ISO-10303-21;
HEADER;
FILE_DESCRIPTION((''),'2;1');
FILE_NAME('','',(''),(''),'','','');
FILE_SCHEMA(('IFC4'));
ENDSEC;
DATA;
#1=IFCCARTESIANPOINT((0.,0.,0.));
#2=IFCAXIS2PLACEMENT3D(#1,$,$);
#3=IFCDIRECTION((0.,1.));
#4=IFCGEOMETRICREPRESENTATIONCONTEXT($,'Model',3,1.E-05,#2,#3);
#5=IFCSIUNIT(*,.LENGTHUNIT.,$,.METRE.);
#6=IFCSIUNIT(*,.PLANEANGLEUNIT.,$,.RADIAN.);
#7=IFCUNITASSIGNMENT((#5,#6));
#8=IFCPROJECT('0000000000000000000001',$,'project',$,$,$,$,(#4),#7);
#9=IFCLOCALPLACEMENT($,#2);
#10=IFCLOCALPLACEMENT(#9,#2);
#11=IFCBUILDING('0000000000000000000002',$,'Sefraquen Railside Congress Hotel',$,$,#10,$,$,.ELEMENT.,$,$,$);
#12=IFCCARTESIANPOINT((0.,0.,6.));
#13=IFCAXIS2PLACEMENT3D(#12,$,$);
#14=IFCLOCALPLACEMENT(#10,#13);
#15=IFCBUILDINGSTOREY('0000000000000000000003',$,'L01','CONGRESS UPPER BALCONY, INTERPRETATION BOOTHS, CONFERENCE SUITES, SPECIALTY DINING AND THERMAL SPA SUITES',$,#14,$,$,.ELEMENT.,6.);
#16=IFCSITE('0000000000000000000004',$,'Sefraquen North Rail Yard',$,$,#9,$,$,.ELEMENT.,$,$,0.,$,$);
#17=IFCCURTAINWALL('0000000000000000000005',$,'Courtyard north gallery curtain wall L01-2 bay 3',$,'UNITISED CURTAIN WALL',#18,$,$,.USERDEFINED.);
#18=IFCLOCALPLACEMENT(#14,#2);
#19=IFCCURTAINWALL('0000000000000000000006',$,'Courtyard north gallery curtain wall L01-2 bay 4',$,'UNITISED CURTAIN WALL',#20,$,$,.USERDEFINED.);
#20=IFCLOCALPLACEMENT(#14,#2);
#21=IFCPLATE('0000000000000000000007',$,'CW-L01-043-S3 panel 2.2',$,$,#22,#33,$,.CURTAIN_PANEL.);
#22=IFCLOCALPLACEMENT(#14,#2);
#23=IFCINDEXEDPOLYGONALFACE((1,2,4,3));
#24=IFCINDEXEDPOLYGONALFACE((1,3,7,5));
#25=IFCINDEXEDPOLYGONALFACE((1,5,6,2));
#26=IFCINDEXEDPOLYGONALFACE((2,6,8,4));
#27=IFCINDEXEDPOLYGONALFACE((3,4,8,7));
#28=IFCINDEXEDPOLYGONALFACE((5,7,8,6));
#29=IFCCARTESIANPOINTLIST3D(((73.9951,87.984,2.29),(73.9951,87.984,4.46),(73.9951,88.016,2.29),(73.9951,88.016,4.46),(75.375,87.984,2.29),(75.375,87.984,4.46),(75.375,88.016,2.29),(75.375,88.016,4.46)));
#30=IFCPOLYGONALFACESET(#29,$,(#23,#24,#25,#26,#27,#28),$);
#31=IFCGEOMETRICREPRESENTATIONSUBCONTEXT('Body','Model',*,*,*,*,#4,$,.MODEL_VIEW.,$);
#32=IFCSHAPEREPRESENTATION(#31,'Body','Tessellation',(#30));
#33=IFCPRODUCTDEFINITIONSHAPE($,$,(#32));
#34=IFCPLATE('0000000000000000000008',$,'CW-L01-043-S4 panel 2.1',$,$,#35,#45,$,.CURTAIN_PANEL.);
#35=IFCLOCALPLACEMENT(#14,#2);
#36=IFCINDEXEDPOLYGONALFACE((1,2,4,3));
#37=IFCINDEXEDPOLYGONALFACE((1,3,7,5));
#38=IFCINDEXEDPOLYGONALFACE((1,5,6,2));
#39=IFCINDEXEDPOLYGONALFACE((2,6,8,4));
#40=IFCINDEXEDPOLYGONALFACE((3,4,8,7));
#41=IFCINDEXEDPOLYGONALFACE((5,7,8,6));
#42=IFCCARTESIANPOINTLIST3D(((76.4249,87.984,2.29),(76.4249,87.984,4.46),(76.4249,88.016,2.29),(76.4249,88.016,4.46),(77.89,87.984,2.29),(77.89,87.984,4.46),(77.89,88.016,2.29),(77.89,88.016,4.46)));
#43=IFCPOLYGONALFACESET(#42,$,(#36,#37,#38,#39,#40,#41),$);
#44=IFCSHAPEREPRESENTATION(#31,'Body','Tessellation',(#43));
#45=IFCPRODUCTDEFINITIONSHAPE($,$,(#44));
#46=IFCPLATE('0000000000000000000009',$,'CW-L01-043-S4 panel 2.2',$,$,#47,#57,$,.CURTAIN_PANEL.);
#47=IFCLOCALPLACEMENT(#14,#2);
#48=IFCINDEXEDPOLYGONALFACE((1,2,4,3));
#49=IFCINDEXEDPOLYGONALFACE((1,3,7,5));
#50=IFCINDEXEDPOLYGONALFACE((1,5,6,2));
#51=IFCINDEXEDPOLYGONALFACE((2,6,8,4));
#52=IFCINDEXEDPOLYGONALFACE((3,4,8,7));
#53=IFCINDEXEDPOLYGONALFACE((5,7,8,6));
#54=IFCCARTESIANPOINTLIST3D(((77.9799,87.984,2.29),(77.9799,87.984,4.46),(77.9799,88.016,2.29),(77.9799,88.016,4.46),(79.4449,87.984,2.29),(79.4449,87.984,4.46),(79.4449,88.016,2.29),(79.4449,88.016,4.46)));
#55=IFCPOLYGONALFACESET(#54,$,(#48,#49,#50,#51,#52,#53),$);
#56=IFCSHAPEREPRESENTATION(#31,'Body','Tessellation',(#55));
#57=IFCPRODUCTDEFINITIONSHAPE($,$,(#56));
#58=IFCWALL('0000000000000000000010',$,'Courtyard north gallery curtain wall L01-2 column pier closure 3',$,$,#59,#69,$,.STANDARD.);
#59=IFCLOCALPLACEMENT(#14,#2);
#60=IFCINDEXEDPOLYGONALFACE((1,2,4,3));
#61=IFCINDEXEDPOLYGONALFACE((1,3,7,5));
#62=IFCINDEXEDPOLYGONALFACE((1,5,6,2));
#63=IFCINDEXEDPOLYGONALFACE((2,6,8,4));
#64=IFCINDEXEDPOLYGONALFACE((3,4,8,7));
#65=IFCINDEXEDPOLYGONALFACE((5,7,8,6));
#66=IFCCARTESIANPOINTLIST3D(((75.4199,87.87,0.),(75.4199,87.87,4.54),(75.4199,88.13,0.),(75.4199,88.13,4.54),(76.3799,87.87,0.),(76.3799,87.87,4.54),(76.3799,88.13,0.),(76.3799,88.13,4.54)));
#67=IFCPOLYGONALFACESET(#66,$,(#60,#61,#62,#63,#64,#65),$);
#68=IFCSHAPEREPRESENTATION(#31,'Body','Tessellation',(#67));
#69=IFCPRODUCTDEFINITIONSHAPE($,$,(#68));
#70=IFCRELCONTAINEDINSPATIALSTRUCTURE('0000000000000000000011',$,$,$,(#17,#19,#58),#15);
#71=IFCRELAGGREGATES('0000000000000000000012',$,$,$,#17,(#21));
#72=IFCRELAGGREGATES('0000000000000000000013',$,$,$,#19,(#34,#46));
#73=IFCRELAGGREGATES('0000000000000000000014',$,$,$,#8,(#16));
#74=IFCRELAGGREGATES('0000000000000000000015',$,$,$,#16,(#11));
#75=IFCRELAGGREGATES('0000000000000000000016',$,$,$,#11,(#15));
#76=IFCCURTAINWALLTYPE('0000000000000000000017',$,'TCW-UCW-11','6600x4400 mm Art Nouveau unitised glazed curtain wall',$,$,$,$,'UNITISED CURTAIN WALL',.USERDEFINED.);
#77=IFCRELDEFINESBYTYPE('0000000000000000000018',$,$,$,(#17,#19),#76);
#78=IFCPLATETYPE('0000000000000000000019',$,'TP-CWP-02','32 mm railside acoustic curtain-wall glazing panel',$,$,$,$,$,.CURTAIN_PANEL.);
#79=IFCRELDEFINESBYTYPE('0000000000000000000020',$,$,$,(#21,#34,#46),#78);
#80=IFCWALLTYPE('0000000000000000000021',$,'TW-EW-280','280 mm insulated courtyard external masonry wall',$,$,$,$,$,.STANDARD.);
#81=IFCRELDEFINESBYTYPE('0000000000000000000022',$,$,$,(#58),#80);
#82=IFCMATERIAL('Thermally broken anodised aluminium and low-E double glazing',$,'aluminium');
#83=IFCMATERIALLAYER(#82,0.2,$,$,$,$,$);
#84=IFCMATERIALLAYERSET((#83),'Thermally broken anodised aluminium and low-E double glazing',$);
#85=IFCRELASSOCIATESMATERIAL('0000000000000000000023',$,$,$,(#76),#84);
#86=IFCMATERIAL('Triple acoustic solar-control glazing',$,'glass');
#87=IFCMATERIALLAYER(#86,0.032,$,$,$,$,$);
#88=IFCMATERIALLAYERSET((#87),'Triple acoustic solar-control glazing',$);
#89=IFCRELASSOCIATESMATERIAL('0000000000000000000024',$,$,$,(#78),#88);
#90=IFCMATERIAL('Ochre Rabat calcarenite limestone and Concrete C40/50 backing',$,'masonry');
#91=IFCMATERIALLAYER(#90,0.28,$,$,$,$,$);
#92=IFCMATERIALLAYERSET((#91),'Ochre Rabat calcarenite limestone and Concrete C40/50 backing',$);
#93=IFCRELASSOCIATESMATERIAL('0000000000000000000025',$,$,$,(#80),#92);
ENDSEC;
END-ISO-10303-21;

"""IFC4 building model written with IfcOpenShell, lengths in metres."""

from ifc_helpers import new_model, si_unit, direction, frame, frame_2d, origin, origin_2d, place, context, subcontext, project, spatial, rectangle, extrude, material, layer, layer_set, type_object, element, aggregate, save


model = new_model("IFC4")

# Units and contexts
model_context = context("Model", 3, precision=1e-05, world=origin(), true_north=direction((0.0, 1.0)))
body_context = subcontext(model_context, "Body", "Model", "MODEL_VIEW")
ifc_project = project(units=[si_unit("LENGTHUNIT", "METRE"), si_unit("PLANEANGLEUNIT", "RADIAN")], contexts=[model_context])

# Site, building, storey
site_placement = place(None, origin())
site = spatial("IfcSite", under=ifc_project, at=site_placement, Name="Sefraquen North Rail Yard", CompositionType="ELEMENT", RefElevation=0.0)
building_placement = place(site_placement, origin())
building = spatial("IfcBuilding", under=site, at=building_placement, Name="Sefraquen Railside Congress Hotel", CompositionType="ELEMENT")
storey_placement = place(building_placement, frame((0.0, 0.0, 6.0)))
storey = spatial("IfcBuildingStorey", under=building, at=storey_placement, Name="L01", Description="CONGRESS UPPER BALCONY, INTERPRETATION BOOTHS, CONFERENCE SUITES, SPECIALTY DINING AND THERMAL SPA SUITES", CompositionType="ELEMENT", Elevation=6.0)

# Curtain walls
ifc_material_1 = material(Name="Thermally broken anodised aluminium and low-E double glazing", Category="aluminium")
ifc_layer_1 = layer(ifc_material_1, 0.2)
ifc_layer_set_1 = layer_set([ifc_layer_1], Name="Thermally broken anodised aluminium and low-E double glazing")
curtain_wall_type = type_object("IfcCurtainWallType", Name="TCW-UCW-11", Description="6600x4400 mm Art Nouveau unitised glazed curtain wall", ElementType="UNITISED CURTAIN WALL", PredefinedType="USERDEFINED", material=ifc_layer_set_1)
curtain_wall_1_placement = place(storey_placement, origin())
curtain_wall_1 = element("IfcCurtainWall", 1, at=curtain_wall_1_placement, inside=storey, type_object=curtain_wall_type, Name="Courtyard north gallery curtain wall L01-2 bay 3", ObjectType="UNITISED CURTAIN WALL", PredefinedType="USERDEFINED")
curtain_wall_2_placement = place(storey_placement, origin())
curtain_wall_2 = element("IfcCurtainWall", 2, at=curtain_wall_2_placement, inside=storey, type_object=curtain_wall_type, Name="Courtyard north gallery curtain wall L01-2 bay 4", ObjectType="UNITISED CURTAIN WALL", PredefinedType="USERDEFINED")

# Plates
ifc_material_2 = material(Name="Triple acoustic solar-control glazing", Category="glass")
ifc_layer_2 = layer(ifc_material_2, 0.032)
ifc_layer_set_2 = layer_set([ifc_layer_2], Name="Triple acoustic solar-control glazing")
plate_type_1 = type_object("IfcPlateType", Name="TP-CWP-02", Description="32 mm railside acoustic curtain-wall glazing panel", PredefinedType="CURTAIN_PANEL", material=ifc_layer_set_2)
plate_1_placement = place(storey_placement, frame((74.6851, 88.0, 2.29), z_axis=(0.0, 0.0, 1.0), x_axis=(1.0, 0.0, 0.0)))
plate_1 = element("IfcPlate", 3, at=plate_1_placement, type_object=plate_type_1, Name="CW-L01-043-S3 panel 2.2", PredefinedType="CURTAIN_PANEL", context=body_context, shape_type="SweptSolid", body=[
    extrude(rectangle(XDim=1.3799, YDim=0.032, at=origin_2d()), origin(), (0.0, 0.0, 1.0), 2.1699),
])
aggregate(curtain_wall_1, [plate_1])
plate_2_placement = place(storey_placement, frame((77.1575, 88.0, 2.29), z_axis=(0.0, 0.0, 1.0), x_axis=(1.0, 0.0, 0.0)))
plate_2 = element("IfcPlate", 4, at=plate_2_placement, type_object=plate_type_1, Name="CW-L01-043-S4 panel 2.1", PredefinedType="CURTAIN_PANEL", context=body_context, shape_type="SweptSolid", body=[
    extrude(rectangle(XDim=1.4651, YDim=0.032, at=origin_2d()), origin(), (0.0, 0.0, 1.0), 2.1699),
])
plate_3_placement = place(storey_placement, frame((78.7124, 88.0, 2.29), z_axis=(0.0, 0.0, 1.0), x_axis=(1.0, 0.0, 0.0)))
plate_3 = element("IfcPlate", 5, at=plate_3_placement, type_object=plate_type_1, Name="CW-L01-043-S4 panel 2.2", PredefinedType="CURTAIN_PANEL", context=body_context, shape_type="SweptSolid", body=[
    extrude(rectangle(XDim=1.4651, YDim=0.032, at=origin_2d()), origin(), (0.0, 0.0, 1.0), 2.1699),
])
aggregate(curtain_wall_2, [plate_2, plate_3])

# Wall
ifc_material_3 = material(Name="Ochre Rabat calcarenite limestone and Concrete C40/50 backing", Category="masonry")
ifc_layer_3 = layer(ifc_material_3, 0.28)
ifc_layer_set_3 = layer_set([ifc_layer_3], Name="Ochre Rabat calcarenite limestone and Concrete C40/50 backing")
wall_type = type_object("IfcWallType", Name="TW-EW-280", Description="280 mm insulated courtyard external masonry wall", PredefinedType="STANDARD", material=ifc_layer_set_3)
wall_placement = place(storey_placement, frame((75.4199, 88.0, 0.0), z_axis=(0.0, 0.0, 1.0), x_axis=(1.0, 0.0, 0.0)))
element("IfcWall", 6, at=wall_placement, inside=storey, type_object=wall_type, Name="Courtyard north gallery curtain wall L01-2 column pier closure 3", PredefinedType="STANDARD", context=body_context, shape_type="SweptSolid", body=[
    extrude(rectangle(XDim=0.96, YDim=0.26, at=frame_2d((0.48, 0.0))), origin(), (0.0, 0.0, 1.0), 4.54),
])

save(model, "model.ifc")
